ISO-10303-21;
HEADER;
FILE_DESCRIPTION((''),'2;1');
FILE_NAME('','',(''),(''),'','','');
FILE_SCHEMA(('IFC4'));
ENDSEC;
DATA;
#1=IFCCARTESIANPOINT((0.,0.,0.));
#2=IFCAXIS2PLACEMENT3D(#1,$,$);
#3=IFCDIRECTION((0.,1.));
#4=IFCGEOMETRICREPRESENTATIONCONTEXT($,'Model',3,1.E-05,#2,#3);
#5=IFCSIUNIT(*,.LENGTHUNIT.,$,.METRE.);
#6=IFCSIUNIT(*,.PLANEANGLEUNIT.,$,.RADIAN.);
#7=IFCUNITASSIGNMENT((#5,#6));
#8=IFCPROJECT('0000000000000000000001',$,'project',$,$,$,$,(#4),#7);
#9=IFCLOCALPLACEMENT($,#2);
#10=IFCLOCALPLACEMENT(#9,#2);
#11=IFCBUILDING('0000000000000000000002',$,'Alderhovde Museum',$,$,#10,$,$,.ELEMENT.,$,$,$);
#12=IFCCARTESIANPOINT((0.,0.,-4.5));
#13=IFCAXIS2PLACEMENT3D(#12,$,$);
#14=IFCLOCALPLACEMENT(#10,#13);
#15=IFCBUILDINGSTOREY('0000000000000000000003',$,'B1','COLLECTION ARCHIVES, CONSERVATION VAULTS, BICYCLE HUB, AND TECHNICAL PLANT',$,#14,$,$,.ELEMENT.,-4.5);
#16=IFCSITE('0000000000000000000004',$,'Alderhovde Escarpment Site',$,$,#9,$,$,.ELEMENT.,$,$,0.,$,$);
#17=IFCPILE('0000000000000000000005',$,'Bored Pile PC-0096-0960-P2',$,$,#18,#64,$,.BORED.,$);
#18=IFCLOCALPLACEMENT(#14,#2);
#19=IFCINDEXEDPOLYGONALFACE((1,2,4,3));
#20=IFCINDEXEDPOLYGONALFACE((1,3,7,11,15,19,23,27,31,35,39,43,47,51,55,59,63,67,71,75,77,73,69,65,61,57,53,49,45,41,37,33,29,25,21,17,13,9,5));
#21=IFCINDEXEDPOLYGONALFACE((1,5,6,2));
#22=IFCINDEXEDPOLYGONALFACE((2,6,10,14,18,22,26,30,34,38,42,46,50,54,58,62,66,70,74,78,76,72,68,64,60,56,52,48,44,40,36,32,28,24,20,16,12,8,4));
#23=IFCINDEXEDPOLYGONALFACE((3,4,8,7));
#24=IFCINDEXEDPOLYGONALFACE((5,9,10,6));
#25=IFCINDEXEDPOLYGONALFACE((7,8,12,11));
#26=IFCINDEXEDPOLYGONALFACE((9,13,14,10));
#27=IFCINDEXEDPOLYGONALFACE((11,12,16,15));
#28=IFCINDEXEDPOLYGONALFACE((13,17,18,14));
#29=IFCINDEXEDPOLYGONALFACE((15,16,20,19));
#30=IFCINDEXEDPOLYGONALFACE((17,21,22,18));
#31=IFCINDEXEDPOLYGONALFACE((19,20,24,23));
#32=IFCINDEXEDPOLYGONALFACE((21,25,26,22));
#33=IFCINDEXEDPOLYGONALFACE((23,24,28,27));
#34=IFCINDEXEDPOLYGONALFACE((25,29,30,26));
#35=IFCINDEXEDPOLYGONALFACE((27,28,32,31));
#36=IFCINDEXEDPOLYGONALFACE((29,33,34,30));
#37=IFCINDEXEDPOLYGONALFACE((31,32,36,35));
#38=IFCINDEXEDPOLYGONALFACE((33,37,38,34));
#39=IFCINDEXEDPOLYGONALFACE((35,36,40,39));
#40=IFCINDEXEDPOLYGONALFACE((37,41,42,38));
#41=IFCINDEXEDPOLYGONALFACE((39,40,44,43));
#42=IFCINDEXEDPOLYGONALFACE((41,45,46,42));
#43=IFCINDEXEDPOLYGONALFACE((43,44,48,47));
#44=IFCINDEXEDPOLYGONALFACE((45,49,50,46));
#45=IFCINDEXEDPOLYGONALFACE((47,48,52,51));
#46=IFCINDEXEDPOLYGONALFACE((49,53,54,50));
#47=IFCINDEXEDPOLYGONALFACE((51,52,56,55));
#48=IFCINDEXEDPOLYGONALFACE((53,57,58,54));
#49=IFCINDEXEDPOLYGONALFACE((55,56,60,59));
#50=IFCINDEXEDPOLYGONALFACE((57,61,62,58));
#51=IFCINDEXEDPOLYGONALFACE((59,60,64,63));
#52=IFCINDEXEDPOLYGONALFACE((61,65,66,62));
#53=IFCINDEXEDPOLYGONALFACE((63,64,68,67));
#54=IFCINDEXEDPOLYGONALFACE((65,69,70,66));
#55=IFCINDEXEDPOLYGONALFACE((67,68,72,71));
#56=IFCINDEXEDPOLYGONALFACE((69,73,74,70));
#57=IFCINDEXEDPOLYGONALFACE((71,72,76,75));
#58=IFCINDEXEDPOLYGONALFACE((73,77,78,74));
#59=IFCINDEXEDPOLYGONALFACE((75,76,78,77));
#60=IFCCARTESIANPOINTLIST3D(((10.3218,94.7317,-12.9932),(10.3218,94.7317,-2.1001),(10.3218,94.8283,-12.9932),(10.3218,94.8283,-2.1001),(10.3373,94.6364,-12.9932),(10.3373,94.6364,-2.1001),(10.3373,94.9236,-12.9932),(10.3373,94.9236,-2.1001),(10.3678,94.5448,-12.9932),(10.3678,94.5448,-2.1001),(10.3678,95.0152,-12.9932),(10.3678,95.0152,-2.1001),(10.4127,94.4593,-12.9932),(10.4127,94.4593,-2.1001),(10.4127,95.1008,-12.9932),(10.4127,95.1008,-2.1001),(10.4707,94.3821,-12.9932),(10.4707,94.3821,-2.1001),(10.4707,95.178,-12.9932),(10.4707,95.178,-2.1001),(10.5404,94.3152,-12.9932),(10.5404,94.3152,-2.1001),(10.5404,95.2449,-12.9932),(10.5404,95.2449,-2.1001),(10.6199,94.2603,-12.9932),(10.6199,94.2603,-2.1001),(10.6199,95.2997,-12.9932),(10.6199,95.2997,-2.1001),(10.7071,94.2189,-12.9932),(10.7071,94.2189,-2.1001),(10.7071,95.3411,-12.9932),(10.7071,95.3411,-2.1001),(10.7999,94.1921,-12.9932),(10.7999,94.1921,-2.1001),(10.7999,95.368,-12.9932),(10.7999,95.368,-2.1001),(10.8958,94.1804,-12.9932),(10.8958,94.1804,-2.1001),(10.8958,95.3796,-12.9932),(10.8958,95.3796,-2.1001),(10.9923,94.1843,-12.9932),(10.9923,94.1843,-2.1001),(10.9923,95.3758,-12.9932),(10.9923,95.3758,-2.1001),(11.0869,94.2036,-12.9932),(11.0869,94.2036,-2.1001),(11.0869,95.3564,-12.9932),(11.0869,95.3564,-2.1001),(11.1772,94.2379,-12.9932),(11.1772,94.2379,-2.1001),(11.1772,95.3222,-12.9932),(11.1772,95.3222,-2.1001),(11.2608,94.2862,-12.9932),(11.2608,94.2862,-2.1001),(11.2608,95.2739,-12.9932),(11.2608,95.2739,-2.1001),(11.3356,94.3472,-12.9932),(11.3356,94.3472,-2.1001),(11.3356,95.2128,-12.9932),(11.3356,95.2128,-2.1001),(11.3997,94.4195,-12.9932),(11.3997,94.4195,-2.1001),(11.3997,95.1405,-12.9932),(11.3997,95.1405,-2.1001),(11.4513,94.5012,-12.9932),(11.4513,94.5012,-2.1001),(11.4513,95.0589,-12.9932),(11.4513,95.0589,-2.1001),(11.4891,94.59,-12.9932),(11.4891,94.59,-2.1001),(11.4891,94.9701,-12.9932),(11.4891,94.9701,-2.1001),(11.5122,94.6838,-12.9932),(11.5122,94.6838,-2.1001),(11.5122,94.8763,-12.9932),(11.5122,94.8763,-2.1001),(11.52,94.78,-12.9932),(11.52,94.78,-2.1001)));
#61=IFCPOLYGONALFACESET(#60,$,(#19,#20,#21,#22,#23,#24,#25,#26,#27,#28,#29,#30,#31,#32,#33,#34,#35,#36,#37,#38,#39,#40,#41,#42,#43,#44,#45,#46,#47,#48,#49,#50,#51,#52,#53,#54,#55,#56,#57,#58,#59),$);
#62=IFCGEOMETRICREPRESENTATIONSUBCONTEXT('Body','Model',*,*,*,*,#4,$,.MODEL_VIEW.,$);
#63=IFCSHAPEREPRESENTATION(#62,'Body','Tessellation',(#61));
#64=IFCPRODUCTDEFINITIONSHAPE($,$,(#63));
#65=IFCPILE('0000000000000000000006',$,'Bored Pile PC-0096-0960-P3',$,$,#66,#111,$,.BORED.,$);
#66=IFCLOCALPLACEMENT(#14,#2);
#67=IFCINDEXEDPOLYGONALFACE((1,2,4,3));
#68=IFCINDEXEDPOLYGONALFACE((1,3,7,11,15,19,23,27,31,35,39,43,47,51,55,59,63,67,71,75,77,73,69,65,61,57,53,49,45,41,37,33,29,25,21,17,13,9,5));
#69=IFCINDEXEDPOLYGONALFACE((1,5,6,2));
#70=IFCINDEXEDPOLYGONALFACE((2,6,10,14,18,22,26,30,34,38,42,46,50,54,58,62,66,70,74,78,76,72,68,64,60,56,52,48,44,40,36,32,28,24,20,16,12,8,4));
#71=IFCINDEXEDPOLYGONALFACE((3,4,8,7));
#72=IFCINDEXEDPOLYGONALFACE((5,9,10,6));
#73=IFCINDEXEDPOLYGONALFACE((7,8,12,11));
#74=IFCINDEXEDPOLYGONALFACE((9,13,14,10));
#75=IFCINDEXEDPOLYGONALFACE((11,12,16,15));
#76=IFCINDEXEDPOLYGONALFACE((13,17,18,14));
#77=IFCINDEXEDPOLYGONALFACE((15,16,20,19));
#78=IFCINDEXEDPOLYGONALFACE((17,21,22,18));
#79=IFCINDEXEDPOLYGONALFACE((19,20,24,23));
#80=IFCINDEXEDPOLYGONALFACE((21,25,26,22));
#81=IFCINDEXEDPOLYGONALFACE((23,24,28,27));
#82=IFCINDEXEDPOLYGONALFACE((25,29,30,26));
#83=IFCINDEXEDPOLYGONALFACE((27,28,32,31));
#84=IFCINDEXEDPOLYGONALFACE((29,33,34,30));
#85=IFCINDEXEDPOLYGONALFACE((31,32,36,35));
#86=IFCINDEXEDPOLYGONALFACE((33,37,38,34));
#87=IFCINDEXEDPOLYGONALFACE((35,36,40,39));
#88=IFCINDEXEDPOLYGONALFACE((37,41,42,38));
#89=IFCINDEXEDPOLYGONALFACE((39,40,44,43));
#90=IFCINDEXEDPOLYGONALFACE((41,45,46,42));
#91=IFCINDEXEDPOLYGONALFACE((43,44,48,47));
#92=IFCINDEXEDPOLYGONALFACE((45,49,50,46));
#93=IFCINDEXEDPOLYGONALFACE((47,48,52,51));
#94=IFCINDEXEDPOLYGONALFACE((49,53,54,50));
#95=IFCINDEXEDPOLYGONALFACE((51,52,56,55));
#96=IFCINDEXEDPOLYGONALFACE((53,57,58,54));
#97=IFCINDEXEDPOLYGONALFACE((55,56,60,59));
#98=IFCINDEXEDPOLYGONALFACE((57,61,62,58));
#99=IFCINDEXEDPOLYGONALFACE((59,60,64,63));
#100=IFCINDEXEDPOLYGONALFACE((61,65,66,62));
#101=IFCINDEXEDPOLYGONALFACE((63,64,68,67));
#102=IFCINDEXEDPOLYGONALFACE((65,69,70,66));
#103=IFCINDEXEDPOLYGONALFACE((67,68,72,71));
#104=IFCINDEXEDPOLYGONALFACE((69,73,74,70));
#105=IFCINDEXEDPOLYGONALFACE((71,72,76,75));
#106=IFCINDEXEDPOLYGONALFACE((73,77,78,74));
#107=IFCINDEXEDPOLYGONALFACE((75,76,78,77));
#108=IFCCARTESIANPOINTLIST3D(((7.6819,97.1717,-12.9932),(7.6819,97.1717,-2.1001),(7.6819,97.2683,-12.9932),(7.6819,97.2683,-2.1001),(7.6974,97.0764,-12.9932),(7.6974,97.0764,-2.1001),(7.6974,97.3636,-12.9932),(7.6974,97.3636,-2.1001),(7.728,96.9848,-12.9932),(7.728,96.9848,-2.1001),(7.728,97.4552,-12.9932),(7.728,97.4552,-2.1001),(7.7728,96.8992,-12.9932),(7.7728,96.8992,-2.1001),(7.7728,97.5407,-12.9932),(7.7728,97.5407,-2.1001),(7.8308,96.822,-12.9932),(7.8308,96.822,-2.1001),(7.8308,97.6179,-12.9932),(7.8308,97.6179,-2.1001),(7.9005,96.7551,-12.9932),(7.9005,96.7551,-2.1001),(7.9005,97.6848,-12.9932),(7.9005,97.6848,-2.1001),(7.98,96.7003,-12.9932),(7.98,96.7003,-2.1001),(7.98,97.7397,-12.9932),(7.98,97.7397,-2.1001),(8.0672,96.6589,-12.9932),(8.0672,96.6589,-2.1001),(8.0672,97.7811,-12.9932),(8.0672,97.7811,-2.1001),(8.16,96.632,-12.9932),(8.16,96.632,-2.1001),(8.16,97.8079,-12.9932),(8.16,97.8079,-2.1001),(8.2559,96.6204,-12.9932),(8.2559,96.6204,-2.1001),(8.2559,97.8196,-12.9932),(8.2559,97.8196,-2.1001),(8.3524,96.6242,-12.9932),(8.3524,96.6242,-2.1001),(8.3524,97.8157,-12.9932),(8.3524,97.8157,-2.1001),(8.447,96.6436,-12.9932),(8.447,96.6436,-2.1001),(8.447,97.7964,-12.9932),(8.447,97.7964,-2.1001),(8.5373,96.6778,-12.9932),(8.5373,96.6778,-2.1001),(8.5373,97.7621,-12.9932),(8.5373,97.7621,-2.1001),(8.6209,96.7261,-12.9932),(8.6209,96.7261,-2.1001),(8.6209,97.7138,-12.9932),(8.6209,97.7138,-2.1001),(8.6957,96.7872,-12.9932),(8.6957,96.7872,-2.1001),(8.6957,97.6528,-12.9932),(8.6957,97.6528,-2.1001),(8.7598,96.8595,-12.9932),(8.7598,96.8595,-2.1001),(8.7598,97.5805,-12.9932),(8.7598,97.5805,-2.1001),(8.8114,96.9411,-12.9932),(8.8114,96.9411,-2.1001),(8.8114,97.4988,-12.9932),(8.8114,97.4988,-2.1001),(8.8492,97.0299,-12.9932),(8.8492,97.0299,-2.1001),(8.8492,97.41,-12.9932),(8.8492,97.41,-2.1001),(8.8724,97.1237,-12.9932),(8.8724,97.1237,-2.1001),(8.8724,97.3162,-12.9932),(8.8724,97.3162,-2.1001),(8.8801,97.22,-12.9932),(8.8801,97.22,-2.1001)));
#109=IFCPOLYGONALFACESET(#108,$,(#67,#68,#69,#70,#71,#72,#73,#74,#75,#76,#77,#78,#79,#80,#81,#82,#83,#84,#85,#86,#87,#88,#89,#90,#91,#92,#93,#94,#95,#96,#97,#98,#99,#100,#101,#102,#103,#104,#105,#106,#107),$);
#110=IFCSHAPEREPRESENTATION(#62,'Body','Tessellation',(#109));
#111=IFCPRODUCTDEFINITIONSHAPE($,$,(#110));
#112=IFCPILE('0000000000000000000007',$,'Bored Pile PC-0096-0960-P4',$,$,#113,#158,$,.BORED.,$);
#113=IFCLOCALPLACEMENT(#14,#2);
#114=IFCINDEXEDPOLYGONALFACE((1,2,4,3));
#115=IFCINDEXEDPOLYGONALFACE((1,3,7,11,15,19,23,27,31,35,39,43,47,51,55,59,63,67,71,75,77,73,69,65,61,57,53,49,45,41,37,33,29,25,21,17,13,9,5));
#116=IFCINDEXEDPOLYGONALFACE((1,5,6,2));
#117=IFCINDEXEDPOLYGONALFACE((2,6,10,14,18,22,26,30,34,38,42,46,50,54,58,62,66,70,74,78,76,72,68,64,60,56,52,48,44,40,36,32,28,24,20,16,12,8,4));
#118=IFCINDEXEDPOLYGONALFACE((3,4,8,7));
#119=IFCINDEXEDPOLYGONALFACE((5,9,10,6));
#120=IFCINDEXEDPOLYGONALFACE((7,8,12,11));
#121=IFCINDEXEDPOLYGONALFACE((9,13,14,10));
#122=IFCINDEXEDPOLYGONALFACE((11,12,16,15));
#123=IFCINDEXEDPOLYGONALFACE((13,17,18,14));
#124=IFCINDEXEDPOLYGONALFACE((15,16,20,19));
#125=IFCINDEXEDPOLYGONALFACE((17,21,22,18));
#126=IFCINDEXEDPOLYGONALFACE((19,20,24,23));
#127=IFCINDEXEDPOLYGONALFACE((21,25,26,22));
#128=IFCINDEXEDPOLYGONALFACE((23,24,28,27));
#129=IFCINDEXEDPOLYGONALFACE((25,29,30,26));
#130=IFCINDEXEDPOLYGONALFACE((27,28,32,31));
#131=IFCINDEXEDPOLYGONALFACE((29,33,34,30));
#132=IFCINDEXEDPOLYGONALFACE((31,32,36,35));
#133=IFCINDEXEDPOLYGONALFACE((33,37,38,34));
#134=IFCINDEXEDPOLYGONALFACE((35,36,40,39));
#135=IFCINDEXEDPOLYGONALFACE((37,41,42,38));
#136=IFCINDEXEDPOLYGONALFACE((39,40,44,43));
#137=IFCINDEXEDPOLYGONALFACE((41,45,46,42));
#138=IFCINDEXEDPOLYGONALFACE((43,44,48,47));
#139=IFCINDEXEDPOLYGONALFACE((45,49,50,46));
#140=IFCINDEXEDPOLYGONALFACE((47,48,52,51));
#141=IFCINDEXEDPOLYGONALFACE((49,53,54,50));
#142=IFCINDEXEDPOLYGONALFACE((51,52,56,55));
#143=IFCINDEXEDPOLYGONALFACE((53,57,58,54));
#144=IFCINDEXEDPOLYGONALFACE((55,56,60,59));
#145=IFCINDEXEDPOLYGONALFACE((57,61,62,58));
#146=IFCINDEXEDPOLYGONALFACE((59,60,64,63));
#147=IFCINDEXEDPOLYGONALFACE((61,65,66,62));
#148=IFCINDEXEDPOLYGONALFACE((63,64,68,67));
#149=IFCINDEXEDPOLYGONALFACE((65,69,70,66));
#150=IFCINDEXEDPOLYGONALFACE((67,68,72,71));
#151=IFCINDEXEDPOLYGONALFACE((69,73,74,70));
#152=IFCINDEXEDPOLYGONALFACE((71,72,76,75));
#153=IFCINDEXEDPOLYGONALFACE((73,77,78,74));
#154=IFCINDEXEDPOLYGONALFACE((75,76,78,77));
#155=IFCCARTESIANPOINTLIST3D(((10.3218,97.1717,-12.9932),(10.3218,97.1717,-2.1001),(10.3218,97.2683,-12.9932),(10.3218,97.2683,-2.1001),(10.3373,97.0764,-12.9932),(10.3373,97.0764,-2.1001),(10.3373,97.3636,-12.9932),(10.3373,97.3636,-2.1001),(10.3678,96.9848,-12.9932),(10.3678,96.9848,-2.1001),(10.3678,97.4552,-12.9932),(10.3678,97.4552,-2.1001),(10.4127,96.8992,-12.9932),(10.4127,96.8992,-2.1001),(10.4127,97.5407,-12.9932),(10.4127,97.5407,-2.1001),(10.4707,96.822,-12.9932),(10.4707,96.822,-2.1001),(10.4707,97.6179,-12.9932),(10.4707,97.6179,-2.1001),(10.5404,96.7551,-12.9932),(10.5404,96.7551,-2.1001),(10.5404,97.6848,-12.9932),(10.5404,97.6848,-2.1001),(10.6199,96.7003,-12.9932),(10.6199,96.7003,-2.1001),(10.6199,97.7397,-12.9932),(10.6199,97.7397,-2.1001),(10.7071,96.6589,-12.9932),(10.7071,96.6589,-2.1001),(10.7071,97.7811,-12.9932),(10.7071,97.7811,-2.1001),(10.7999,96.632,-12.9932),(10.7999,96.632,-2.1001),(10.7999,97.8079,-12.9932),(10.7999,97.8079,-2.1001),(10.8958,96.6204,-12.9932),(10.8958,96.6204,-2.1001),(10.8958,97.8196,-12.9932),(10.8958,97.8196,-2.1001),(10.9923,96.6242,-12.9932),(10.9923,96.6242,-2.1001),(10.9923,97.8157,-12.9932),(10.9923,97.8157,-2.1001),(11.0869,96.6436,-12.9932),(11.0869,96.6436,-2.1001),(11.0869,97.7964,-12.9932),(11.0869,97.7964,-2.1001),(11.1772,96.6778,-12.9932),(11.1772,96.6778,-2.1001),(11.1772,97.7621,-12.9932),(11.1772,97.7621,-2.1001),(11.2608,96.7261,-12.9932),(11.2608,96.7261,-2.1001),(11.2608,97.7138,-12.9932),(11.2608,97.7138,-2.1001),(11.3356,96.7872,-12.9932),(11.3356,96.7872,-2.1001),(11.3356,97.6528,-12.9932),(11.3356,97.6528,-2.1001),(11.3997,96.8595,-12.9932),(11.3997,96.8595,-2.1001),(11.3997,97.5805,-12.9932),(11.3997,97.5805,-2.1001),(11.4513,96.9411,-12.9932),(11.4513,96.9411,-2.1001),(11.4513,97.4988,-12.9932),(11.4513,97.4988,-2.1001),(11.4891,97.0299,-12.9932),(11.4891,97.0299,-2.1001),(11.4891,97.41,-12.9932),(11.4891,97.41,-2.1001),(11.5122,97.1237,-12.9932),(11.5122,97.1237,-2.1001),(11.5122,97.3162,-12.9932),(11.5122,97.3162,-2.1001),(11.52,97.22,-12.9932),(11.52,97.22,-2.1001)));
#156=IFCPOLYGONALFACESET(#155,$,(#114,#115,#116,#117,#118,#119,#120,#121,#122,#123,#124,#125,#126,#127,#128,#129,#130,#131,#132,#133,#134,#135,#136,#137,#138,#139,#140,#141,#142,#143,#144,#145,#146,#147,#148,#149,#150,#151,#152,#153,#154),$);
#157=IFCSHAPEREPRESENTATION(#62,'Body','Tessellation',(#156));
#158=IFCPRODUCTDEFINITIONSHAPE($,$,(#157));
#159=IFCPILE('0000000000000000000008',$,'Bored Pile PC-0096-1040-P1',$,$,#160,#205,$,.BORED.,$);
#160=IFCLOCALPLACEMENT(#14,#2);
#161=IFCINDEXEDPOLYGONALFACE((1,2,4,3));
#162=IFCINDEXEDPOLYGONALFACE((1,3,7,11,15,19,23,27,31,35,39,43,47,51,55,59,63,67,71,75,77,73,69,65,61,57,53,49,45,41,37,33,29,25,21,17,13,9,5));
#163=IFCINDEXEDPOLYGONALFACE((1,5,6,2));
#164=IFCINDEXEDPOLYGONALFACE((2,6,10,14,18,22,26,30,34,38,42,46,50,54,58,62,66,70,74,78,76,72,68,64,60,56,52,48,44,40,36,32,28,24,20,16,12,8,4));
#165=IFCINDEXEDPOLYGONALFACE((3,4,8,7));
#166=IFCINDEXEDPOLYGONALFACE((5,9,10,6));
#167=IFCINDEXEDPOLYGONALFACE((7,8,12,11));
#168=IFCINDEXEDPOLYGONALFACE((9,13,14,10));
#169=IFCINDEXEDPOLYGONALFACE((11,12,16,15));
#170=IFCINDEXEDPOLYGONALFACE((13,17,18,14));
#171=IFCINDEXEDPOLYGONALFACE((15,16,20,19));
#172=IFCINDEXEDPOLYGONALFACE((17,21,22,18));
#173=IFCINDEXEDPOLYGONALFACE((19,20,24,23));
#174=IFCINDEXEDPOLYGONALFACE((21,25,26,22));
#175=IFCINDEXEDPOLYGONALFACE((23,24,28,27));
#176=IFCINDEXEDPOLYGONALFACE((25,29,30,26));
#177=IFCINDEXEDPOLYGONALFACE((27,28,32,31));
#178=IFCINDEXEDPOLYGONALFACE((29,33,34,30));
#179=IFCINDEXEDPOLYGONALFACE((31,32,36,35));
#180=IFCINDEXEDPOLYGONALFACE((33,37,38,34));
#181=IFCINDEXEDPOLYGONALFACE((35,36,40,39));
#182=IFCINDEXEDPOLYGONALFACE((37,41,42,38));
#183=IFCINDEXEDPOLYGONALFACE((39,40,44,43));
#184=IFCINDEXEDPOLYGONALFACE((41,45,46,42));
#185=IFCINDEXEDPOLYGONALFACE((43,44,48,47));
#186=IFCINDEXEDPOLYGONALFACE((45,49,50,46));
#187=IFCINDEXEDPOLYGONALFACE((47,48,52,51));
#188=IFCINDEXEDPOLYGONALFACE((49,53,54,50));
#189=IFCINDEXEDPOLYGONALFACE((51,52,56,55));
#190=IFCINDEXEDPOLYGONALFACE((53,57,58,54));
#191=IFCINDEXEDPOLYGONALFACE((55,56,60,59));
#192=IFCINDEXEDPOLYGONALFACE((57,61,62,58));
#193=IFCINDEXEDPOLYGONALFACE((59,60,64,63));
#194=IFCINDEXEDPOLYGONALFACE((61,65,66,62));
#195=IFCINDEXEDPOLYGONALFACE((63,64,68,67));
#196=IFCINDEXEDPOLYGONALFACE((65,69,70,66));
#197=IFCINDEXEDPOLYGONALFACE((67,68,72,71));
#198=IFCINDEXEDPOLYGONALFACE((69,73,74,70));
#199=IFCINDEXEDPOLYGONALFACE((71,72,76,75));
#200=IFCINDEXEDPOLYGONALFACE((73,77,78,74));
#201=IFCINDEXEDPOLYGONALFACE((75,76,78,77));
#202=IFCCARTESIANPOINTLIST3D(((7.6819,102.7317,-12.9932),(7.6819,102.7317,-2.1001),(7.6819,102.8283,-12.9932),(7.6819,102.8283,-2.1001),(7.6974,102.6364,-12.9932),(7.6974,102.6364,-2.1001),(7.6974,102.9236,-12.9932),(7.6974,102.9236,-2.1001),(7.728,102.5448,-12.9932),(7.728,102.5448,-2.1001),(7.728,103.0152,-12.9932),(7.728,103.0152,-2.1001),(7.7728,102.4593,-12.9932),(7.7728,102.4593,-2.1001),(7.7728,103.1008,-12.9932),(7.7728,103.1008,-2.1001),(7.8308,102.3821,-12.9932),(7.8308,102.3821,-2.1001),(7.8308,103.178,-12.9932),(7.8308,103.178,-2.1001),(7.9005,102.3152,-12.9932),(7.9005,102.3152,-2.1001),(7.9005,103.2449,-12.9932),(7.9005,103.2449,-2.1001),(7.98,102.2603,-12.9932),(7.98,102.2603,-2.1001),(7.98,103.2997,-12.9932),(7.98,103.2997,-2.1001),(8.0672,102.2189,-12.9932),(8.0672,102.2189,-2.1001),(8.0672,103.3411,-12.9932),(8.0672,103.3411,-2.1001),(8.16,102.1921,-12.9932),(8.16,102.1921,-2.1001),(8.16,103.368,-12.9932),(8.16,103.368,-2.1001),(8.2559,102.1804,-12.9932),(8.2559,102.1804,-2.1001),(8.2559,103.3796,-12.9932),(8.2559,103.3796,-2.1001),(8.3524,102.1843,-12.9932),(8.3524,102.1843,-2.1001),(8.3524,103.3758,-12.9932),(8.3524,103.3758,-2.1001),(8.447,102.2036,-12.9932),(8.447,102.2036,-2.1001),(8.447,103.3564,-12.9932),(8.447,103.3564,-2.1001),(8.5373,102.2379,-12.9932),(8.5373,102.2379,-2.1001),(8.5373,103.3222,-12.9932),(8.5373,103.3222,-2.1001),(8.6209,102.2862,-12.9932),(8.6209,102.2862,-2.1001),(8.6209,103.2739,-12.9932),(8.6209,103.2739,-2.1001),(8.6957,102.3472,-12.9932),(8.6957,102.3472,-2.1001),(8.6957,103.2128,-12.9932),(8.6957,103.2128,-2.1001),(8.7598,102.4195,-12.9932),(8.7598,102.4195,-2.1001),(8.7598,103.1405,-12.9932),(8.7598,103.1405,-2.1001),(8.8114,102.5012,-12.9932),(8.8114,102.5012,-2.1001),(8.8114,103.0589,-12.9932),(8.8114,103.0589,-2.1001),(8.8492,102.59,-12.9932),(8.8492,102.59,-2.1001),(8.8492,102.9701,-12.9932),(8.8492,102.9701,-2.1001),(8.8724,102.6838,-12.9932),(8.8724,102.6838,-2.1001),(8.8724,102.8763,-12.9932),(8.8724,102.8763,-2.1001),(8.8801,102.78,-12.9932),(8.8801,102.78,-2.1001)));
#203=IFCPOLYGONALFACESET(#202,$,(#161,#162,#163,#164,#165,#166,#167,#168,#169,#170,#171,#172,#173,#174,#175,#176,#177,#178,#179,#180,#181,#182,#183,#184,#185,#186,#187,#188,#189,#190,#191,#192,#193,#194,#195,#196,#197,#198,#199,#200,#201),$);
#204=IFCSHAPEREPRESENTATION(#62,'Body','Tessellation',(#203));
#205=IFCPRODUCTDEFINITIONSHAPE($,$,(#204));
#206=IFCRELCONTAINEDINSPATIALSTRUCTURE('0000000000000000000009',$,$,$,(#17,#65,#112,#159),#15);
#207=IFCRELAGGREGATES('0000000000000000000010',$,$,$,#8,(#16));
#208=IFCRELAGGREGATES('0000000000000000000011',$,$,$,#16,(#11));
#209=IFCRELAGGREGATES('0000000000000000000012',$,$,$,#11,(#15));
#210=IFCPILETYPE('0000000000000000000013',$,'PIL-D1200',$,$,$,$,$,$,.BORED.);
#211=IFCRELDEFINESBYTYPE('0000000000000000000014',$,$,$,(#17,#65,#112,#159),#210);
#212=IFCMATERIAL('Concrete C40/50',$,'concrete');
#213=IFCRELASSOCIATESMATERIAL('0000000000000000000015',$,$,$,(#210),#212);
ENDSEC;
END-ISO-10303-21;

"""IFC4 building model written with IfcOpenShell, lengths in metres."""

from ifc_helpers import new_model, si_unit, direction, frame, origin, origin_2d, place, context, subcontext, project, spatial, circle, extrude, material, material_profile, profile_set, type_object, element, save


model = new_model("IFC4")

# Units and contexts
model_context = context("Model", 3, precision=1e-05, world=origin(), true_north=direction((0.0, 1.0)))
body_context = subcontext(model_context, "Body", "Model", "MODEL_VIEW")
ifc_project = project(units=[si_unit("LENGTHUNIT", "METRE"), si_unit("PLANEANGLEUNIT", "RADIAN")], contexts=[model_context])

# Site, building, storey
site_placement = place(None, origin())
site = spatial("IfcSite", under=ifc_project, at=site_placement, Name="Alderhovde Escarpment Site", CompositionType="ELEMENT", RefElevation=0.0)
building_placement = place(site_placement, origin())
building = spatial("IfcBuilding", under=site, at=building_placement, Name="Alderhovde Museum", CompositionType="ELEMENT")
storey_placement = place(building_placement, frame((0.0, 0.0, -4.5)))
storey = spatial("IfcBuildingStorey", under=building, at=storey_placement, Name="B1", Description="COLLECTION ARCHIVES, CONSERVATION VAULTS, BICYCLE HUB, AND TECHNICAL PLANT", CompositionType="ELEMENT", Elevation=-4.5)

# Piles
ifc_material_1 = material(Name="Concrete C40/50", Category="concrete")
ifc_material_profile_1 = material_profile(ifc_material_1, circle(Radius=0.6001, at=origin_2d()), Name="PILE-D1200")
ifc_profile_set_1 = profile_set([ifc_material_profile_1], Name="Concrete C40/50")
pile_type = type_object("IfcPileType", Name="PIL-D1200", PredefinedType="BORED", material=ifc_profile_set_1)
for number, where, z_axis, x_axis, name in (
    (1, (10.9199, 94.78, -2.1001), (0.0, 0.0, -1.0), (1.0, 0.0, 0.0), "Bored Pile PC-0096-0960-P2"),
    (2, (8.28, 97.22, -2.1001), (0.0, 0.0, -1.0), (1.0, 0.0, 0.0), "Bored Pile PC-0096-0960-P3"),
    (3, (10.9199, 97.22, -2.1001), (0.0, 0.0, -1.0), (1.0, 0.0, 0.0), "Bored Pile PC-0096-0960-P4"),
    (4, (8.28, 102.78, -2.1001), (0.0, 0.0, -1.0), (1.0, 0.0, 0.0), "Bored Pile PC-0096-1040-P1"),
):
    element("IfcPile", number, at=place(storey_placement, frame(where, z_axis=z_axis, x_axis=x_axis)), inside=storey, type_object=pile_type, Name=name, PredefinedType="BORED", context=body_context, shape_type="SweptSolid", body=[
        extrude(circle(Radius=0.6001, at=origin_2d()), origin(), (0.0, 0.0, 1.0), 10.8931),
    ])

save(model, "model.ifc")
